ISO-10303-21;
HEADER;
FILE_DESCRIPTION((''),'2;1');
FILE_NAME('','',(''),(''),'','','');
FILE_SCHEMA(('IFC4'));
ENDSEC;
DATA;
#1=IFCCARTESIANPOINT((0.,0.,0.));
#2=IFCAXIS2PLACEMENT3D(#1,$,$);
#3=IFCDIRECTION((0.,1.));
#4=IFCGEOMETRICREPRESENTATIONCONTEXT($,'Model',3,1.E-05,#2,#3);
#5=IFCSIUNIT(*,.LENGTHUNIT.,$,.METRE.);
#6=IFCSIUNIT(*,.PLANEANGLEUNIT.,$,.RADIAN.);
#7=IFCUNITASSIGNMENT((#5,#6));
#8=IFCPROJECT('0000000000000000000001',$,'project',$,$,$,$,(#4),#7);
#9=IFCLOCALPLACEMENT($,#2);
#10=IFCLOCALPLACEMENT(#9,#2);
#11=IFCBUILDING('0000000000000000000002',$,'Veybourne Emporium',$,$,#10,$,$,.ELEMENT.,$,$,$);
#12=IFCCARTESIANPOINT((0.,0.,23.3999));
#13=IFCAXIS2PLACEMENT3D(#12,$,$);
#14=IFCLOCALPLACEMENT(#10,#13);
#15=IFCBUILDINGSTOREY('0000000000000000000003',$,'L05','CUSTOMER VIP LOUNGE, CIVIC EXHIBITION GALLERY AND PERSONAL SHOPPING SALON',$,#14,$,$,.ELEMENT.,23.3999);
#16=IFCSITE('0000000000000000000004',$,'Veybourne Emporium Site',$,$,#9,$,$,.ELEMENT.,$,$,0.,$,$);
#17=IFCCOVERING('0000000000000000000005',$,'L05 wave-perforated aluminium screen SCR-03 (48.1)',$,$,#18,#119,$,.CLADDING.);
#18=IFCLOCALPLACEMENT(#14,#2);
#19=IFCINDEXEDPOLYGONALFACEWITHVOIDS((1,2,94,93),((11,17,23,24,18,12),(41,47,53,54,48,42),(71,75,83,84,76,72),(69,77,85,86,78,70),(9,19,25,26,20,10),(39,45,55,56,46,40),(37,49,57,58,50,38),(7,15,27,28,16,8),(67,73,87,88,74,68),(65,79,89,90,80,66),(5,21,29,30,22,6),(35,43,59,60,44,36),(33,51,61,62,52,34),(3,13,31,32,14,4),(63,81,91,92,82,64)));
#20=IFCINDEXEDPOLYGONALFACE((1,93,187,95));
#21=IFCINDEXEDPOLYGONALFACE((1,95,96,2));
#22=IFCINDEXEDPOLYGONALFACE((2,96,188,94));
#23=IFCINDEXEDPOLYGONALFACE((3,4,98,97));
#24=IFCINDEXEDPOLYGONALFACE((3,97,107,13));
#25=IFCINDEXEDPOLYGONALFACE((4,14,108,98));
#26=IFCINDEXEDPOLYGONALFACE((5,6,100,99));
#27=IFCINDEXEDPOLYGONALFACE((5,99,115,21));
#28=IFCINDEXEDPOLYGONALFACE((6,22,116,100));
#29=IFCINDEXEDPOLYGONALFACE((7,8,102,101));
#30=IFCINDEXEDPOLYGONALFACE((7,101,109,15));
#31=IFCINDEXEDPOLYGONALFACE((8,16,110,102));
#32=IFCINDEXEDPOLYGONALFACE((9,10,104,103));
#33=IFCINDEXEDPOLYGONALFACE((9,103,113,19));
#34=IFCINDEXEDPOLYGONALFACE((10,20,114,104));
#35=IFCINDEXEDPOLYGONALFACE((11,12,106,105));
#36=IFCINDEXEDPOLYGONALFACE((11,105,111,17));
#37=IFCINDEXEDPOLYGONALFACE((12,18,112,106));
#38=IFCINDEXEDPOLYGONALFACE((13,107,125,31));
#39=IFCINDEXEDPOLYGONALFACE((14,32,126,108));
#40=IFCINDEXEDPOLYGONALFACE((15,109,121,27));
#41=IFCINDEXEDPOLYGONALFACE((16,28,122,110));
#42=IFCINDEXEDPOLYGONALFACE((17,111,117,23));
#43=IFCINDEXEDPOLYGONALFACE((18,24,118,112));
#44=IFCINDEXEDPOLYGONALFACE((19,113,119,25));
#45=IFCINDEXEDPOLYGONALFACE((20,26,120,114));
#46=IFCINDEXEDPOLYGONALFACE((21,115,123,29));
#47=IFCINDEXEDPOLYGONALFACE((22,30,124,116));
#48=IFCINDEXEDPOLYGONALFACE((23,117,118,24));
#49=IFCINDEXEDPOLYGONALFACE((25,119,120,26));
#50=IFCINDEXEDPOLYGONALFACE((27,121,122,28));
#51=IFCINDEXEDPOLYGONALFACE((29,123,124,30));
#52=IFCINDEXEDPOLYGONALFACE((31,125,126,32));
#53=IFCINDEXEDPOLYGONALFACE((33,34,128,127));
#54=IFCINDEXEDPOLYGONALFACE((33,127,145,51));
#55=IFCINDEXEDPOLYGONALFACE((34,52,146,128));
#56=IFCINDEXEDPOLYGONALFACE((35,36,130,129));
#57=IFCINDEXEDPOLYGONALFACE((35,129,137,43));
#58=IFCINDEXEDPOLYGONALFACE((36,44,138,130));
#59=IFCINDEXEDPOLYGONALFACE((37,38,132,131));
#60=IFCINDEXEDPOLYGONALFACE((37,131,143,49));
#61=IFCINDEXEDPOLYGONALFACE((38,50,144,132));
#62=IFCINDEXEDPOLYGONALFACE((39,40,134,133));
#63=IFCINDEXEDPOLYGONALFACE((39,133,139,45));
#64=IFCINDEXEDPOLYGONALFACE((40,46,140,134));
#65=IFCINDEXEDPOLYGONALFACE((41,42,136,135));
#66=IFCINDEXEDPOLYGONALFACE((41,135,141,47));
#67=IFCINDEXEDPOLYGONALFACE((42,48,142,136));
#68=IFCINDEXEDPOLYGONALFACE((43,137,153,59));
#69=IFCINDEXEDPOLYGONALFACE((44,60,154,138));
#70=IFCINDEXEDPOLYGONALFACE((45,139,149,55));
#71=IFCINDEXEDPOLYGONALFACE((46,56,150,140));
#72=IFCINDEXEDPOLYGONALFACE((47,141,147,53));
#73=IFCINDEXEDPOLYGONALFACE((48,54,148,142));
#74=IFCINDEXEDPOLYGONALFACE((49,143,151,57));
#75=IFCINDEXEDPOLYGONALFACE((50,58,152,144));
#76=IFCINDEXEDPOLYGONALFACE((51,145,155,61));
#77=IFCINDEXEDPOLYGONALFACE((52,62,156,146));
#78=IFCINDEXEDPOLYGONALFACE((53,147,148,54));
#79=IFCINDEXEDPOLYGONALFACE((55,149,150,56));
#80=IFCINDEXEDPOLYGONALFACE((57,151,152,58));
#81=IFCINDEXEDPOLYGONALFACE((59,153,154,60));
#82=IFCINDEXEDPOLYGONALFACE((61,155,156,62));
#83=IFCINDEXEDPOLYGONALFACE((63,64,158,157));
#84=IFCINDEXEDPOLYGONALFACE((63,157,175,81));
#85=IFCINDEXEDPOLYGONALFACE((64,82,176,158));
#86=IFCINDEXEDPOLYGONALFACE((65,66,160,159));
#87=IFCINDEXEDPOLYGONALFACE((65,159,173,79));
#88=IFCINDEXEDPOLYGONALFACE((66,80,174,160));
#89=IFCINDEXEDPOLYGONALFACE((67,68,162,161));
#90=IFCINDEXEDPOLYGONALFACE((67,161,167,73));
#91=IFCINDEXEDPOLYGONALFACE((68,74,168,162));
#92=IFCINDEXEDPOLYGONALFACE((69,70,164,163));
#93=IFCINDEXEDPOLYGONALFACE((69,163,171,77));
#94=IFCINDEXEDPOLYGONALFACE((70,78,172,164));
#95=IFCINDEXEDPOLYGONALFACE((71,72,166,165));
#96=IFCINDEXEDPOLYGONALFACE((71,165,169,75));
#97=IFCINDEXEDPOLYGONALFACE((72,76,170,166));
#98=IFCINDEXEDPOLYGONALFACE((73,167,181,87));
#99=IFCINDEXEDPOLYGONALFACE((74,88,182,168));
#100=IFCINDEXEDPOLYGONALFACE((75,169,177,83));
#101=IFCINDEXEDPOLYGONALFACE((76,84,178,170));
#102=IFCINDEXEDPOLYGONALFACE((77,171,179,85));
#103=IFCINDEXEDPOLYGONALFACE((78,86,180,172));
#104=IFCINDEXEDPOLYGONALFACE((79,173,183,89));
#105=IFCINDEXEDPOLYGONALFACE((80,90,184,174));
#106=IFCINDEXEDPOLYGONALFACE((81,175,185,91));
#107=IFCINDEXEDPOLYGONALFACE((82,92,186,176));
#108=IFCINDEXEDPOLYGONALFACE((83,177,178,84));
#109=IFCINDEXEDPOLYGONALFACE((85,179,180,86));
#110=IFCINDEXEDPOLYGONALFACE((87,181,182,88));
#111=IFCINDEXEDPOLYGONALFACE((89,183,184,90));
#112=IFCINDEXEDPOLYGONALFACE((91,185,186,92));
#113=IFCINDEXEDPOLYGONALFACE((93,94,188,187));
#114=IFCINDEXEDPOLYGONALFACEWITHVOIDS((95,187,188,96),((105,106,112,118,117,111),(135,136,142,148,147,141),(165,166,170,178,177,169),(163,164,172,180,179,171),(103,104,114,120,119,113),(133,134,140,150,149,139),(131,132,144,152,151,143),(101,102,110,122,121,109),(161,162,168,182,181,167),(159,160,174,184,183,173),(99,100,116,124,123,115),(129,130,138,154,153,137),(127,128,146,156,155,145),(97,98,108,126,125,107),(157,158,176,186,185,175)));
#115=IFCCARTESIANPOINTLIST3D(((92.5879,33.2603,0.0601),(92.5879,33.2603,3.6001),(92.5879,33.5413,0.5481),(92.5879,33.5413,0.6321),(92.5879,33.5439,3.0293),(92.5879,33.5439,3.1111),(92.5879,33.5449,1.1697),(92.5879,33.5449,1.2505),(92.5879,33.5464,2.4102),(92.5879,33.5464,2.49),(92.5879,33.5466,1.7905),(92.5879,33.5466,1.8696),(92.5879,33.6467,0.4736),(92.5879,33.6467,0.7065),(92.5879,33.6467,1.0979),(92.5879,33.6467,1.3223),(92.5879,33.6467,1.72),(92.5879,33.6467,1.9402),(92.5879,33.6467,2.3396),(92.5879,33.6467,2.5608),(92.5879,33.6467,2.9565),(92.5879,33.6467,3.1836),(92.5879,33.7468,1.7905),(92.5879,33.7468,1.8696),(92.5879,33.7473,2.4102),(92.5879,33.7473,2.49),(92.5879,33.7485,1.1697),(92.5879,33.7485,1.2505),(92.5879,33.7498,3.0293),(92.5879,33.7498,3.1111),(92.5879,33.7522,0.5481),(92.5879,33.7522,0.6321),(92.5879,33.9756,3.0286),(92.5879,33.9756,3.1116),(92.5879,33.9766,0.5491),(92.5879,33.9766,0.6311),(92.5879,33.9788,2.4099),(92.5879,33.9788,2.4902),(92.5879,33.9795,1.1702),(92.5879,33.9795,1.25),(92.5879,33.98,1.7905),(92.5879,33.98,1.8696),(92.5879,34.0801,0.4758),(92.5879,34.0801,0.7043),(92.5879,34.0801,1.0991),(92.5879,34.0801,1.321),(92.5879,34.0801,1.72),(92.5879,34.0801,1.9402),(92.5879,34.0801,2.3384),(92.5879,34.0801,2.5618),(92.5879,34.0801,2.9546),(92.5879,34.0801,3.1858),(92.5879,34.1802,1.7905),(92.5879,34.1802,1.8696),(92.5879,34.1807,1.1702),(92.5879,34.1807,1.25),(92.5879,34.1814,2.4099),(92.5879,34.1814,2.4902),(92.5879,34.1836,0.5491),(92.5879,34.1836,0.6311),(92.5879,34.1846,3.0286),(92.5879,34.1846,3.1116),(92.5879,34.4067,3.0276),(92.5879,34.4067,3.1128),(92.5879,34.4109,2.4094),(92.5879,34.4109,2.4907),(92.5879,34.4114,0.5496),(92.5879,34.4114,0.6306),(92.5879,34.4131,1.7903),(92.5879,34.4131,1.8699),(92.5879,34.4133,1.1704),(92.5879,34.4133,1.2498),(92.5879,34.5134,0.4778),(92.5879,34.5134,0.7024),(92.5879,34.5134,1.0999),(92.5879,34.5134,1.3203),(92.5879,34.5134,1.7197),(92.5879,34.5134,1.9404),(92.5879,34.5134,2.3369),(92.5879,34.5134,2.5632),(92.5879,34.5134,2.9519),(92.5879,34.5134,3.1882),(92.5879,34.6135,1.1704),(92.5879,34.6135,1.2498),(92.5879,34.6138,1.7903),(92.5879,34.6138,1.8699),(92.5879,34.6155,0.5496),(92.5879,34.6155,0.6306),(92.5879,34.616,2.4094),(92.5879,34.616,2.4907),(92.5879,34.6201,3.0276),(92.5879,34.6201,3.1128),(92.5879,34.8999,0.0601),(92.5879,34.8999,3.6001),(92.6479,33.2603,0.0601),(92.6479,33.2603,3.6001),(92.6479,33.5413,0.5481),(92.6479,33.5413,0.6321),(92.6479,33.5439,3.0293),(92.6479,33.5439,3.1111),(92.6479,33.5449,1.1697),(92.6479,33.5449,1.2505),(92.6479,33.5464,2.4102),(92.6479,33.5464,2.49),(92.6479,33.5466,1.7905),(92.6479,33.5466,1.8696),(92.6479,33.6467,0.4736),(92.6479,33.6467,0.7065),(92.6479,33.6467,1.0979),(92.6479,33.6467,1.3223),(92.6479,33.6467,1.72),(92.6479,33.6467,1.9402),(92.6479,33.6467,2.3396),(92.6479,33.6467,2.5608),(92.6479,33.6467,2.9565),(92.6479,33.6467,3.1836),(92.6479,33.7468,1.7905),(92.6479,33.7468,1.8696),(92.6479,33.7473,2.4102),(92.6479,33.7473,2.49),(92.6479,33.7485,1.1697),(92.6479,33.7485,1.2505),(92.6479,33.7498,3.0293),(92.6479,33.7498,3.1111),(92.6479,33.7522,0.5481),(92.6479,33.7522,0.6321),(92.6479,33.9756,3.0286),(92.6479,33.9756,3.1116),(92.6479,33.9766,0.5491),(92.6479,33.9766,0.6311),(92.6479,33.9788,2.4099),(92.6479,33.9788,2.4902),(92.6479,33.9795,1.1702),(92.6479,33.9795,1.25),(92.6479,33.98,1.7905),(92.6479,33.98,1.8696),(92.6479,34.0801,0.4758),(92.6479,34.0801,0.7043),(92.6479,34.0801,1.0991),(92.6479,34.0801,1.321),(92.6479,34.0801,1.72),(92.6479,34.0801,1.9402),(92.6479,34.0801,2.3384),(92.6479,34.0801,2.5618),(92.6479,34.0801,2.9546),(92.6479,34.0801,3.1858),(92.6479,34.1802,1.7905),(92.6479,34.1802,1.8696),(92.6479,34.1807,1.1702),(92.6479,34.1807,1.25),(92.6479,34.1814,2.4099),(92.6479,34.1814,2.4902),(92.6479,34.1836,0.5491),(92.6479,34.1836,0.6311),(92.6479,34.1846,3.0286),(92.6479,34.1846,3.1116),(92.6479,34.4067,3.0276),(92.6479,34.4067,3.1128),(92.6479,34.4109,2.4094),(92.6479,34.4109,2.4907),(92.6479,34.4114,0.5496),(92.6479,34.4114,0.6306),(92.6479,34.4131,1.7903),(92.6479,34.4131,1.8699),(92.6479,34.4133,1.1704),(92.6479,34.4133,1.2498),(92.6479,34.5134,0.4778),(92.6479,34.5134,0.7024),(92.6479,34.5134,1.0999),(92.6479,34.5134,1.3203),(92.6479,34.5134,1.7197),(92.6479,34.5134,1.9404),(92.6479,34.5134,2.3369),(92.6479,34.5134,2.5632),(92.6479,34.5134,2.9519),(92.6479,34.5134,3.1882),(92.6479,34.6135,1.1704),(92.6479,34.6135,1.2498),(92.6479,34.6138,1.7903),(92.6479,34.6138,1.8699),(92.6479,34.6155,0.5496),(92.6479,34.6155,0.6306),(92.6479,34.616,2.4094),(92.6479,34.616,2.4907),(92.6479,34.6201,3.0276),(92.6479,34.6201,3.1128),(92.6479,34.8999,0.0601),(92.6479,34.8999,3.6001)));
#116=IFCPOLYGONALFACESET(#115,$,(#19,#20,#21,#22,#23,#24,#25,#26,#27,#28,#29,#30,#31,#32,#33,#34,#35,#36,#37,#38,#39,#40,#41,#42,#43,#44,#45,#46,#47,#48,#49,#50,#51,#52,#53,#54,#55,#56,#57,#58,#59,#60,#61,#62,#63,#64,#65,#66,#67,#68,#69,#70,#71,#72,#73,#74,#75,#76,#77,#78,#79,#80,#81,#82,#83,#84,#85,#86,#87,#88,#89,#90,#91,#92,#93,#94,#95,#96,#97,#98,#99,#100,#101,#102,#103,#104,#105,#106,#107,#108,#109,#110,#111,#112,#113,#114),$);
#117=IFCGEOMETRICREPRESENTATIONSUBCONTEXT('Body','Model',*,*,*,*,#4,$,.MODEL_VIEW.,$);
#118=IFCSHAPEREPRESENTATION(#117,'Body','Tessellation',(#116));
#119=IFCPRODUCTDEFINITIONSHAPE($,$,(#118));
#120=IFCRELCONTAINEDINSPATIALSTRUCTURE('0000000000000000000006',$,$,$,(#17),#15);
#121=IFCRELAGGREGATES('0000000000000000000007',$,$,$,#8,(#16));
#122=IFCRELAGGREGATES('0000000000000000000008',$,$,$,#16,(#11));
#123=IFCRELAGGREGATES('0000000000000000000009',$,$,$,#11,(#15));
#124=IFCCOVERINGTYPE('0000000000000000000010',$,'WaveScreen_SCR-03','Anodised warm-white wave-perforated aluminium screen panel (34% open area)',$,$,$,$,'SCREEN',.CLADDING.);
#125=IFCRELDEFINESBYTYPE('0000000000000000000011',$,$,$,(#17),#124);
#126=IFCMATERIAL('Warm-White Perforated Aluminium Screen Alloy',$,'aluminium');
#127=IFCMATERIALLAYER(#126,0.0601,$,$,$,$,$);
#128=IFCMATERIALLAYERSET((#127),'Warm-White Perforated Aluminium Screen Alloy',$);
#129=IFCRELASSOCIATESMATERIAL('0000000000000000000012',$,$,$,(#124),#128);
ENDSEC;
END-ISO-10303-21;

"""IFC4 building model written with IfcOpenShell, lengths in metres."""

from ifc_helpers import new_model, si_unit, direction, frame, origin, place, context, subcontext, project, spatial, polyline, outline, extrude, material, layer, layer_set, type_object, element, save


model = new_model("IFC4")

# Units and contexts
model_context = context("Model", 3, precision=1e-05, world=origin(), true_north=direction((0.0, 1.0)))
body_context = subcontext(model_context, "Body", "Model", "MODEL_VIEW")
ifc_project = project(units=[si_unit("LENGTHUNIT", "METRE"), si_unit("PLANEANGLEUNIT", "RADIAN")], contexts=[model_context])

# Site, building, storey
site_placement = place(None, origin())
site = spatial("IfcSite", under=ifc_project, at=site_placement, Name="Veybourne Emporium Site", CompositionType="ELEMENT", RefElevation=0.0)
building_placement = place(site_placement, origin())
building = spatial("IfcBuilding", under=site, at=building_placement, Name="Veybourne Emporium", CompositionType="ELEMENT")
storey_placement = place(building_placement, frame((0.0, 0.0, 23.3999)))
storey = spatial("IfcBuildingStorey", under=building, at=storey_placement, Name="L05", Description="CUSTOMER VIP LOUNGE, CIVIC EXHIBITION GALLERY AND PERSONAL SHOPPING SALON", CompositionType="ELEMENT", Elevation=23.3999)

# Covering
ifc_material_1 = material(Name="Warm-White Perforated Aluminium Screen Alloy", Category="aluminium")
ifc_layer_1 = layer(ifc_material_1, 0.0601)
ifc_layer_set_1 = layer_set([ifc_layer_1], Name="Warm-White Perforated Aluminium Screen Alloy")
covering_type_1 = type_object("IfcCoveringType", Name="WaveScreen_SCR-03", Description="Anodised warm-white wave-perforated aluminium screen panel (34% open area)", ElementType="SCREEN", PredefinedType="CLADDING", material=ifc_layer_set_1)
covering_1_placement = place(storey_placement, frame((92.6479, 34.0801, 1.8301), z_axis=(-1.0, 0.0, 0.0), x_axis=(0.0, -1.0, 0.0)))
element("IfcCovering", 1, at=covering_1_placement, inside=storey, type_object=covering_type_1, Name="L05 wave-perforated aluminium screen SCR-03 (48.1)", PredefinedType="CLADDING", context=body_context, shape_type="SweptSolid", body=[
    extrude(outline(polyline([(-0.8198, -1.77), (0.8198, -1.77), (0.8198, 1.77), (-0.8198, 1.77), (-0.8198, -1.77)]), holes=[polyline([(-0.4333, -1.1277), (-0.3313, -1.1995), (-0.3313, -1.2805), (-0.4333, -1.3523), (-0.5354, -1.2805), (-0.5354, -1.1995), (-0.4333, -1.1277)]), polyline([(-0.4333, -0.5098), (-0.3333, -0.5803), (-0.3333, -0.6597), (-0.4333, -0.7302), (-0.5334, -0.6597), (-0.5334, -0.5803), (-0.4333, -0.5098)]), polyline([(-0.4333, 0.1104), (-0.333, 0.0398), (-0.333, -0.0398), (-0.4333, -0.1104), (-0.5337, -0.0398), (-0.5337, 0.0398), (-0.4333, 0.1104)]), polyline([(-0.4333, 0.7332), (-0.3308, 0.6606), (-0.3308, 0.5793), (-0.4333, 0.5068), (-0.5359, 0.5793), (-0.5359, 0.6606), (-0.4333, 0.7332)]), polyline([(-0.4333, 1.3582), (-0.3267, 1.2827), (-0.3267, 1.1975), (-0.4333, 1.1218), (-0.54, 1.1975), (-0.54, 1.2827), (-0.4333, 1.3582)]), polyline([(0.0, -1.1257), (0.1035, -1.199), (0.1035, -1.281), (0.0, -1.3542), (-0.1035, -1.281), (-0.1035, -1.199), (0.0, -1.1257)]), polyline([(0.0, -0.509), (0.1006, -0.5801), (0.1006, -0.6599), (0.0, -0.731), (-0.1006, -0.6599), (-0.1006, -0.5801), (0.0, -0.509)]), polyline([(0.0, 0.1101), (0.1001, 0.0396), (0.1001, -0.0396), (0.0, -0.1101), (-0.1001, -0.0396), (-0.1001, 0.0396), (0.0, 0.1101)]), polyline([(0.0, 0.7317), (0.1013, 0.6602), (0.1013, 0.5798), (0.0, 0.5083), (-0.1013, 0.5798), (-0.1013, 0.6602), (0.0, 0.7317)]), polyline([(0.0, 1.3557), (0.1045, 1.2815), (0.1045, 1.1985), (0.0, 1.1245), (-0.1045, 1.1985), (-0.1045, 1.2815), (0.0, 1.3557)]), polyline([(0.4333, -1.1235), (0.5388, -1.198), (0.5388, -1.282), (0.4333, -1.3564), (0.3279, -1.282), (0.3279, -1.198), (0.4333, -1.1235)]), polyline([(0.4333, -0.5078), (0.5352, -0.5796), (0.5352, -0.6604), (0.4333, -0.7322), (0.3315, -0.6604), (0.3315, -0.5796), (0.4333, -0.5078)]), polyline([(0.4333, 0.1101), (0.5334, 0.0396), (0.5334, -0.0396), (0.4333, -0.1101), (0.3333, -0.0396), (0.3333, 0.0396), (0.4333, 0.1101)]), polyline([(0.4333, 0.7307), (0.5337, 0.6599), (0.5337, 0.5801), (0.4333, 0.5095), (0.3328, 0.5801), (0.3328, 0.6599), (0.4333, 0.7307)]), polyline([(0.4333, 1.3535), (0.5361, 1.281), (0.5361, 1.1992), (0.4333, 1.1265), (0.3303, 1.1992), (0.3303, 1.281), (0.4333, 1.3535)])]), origin(), (0.0, 0.0, 1.0), 0.0601),
])

save(model, "model.ifc")
